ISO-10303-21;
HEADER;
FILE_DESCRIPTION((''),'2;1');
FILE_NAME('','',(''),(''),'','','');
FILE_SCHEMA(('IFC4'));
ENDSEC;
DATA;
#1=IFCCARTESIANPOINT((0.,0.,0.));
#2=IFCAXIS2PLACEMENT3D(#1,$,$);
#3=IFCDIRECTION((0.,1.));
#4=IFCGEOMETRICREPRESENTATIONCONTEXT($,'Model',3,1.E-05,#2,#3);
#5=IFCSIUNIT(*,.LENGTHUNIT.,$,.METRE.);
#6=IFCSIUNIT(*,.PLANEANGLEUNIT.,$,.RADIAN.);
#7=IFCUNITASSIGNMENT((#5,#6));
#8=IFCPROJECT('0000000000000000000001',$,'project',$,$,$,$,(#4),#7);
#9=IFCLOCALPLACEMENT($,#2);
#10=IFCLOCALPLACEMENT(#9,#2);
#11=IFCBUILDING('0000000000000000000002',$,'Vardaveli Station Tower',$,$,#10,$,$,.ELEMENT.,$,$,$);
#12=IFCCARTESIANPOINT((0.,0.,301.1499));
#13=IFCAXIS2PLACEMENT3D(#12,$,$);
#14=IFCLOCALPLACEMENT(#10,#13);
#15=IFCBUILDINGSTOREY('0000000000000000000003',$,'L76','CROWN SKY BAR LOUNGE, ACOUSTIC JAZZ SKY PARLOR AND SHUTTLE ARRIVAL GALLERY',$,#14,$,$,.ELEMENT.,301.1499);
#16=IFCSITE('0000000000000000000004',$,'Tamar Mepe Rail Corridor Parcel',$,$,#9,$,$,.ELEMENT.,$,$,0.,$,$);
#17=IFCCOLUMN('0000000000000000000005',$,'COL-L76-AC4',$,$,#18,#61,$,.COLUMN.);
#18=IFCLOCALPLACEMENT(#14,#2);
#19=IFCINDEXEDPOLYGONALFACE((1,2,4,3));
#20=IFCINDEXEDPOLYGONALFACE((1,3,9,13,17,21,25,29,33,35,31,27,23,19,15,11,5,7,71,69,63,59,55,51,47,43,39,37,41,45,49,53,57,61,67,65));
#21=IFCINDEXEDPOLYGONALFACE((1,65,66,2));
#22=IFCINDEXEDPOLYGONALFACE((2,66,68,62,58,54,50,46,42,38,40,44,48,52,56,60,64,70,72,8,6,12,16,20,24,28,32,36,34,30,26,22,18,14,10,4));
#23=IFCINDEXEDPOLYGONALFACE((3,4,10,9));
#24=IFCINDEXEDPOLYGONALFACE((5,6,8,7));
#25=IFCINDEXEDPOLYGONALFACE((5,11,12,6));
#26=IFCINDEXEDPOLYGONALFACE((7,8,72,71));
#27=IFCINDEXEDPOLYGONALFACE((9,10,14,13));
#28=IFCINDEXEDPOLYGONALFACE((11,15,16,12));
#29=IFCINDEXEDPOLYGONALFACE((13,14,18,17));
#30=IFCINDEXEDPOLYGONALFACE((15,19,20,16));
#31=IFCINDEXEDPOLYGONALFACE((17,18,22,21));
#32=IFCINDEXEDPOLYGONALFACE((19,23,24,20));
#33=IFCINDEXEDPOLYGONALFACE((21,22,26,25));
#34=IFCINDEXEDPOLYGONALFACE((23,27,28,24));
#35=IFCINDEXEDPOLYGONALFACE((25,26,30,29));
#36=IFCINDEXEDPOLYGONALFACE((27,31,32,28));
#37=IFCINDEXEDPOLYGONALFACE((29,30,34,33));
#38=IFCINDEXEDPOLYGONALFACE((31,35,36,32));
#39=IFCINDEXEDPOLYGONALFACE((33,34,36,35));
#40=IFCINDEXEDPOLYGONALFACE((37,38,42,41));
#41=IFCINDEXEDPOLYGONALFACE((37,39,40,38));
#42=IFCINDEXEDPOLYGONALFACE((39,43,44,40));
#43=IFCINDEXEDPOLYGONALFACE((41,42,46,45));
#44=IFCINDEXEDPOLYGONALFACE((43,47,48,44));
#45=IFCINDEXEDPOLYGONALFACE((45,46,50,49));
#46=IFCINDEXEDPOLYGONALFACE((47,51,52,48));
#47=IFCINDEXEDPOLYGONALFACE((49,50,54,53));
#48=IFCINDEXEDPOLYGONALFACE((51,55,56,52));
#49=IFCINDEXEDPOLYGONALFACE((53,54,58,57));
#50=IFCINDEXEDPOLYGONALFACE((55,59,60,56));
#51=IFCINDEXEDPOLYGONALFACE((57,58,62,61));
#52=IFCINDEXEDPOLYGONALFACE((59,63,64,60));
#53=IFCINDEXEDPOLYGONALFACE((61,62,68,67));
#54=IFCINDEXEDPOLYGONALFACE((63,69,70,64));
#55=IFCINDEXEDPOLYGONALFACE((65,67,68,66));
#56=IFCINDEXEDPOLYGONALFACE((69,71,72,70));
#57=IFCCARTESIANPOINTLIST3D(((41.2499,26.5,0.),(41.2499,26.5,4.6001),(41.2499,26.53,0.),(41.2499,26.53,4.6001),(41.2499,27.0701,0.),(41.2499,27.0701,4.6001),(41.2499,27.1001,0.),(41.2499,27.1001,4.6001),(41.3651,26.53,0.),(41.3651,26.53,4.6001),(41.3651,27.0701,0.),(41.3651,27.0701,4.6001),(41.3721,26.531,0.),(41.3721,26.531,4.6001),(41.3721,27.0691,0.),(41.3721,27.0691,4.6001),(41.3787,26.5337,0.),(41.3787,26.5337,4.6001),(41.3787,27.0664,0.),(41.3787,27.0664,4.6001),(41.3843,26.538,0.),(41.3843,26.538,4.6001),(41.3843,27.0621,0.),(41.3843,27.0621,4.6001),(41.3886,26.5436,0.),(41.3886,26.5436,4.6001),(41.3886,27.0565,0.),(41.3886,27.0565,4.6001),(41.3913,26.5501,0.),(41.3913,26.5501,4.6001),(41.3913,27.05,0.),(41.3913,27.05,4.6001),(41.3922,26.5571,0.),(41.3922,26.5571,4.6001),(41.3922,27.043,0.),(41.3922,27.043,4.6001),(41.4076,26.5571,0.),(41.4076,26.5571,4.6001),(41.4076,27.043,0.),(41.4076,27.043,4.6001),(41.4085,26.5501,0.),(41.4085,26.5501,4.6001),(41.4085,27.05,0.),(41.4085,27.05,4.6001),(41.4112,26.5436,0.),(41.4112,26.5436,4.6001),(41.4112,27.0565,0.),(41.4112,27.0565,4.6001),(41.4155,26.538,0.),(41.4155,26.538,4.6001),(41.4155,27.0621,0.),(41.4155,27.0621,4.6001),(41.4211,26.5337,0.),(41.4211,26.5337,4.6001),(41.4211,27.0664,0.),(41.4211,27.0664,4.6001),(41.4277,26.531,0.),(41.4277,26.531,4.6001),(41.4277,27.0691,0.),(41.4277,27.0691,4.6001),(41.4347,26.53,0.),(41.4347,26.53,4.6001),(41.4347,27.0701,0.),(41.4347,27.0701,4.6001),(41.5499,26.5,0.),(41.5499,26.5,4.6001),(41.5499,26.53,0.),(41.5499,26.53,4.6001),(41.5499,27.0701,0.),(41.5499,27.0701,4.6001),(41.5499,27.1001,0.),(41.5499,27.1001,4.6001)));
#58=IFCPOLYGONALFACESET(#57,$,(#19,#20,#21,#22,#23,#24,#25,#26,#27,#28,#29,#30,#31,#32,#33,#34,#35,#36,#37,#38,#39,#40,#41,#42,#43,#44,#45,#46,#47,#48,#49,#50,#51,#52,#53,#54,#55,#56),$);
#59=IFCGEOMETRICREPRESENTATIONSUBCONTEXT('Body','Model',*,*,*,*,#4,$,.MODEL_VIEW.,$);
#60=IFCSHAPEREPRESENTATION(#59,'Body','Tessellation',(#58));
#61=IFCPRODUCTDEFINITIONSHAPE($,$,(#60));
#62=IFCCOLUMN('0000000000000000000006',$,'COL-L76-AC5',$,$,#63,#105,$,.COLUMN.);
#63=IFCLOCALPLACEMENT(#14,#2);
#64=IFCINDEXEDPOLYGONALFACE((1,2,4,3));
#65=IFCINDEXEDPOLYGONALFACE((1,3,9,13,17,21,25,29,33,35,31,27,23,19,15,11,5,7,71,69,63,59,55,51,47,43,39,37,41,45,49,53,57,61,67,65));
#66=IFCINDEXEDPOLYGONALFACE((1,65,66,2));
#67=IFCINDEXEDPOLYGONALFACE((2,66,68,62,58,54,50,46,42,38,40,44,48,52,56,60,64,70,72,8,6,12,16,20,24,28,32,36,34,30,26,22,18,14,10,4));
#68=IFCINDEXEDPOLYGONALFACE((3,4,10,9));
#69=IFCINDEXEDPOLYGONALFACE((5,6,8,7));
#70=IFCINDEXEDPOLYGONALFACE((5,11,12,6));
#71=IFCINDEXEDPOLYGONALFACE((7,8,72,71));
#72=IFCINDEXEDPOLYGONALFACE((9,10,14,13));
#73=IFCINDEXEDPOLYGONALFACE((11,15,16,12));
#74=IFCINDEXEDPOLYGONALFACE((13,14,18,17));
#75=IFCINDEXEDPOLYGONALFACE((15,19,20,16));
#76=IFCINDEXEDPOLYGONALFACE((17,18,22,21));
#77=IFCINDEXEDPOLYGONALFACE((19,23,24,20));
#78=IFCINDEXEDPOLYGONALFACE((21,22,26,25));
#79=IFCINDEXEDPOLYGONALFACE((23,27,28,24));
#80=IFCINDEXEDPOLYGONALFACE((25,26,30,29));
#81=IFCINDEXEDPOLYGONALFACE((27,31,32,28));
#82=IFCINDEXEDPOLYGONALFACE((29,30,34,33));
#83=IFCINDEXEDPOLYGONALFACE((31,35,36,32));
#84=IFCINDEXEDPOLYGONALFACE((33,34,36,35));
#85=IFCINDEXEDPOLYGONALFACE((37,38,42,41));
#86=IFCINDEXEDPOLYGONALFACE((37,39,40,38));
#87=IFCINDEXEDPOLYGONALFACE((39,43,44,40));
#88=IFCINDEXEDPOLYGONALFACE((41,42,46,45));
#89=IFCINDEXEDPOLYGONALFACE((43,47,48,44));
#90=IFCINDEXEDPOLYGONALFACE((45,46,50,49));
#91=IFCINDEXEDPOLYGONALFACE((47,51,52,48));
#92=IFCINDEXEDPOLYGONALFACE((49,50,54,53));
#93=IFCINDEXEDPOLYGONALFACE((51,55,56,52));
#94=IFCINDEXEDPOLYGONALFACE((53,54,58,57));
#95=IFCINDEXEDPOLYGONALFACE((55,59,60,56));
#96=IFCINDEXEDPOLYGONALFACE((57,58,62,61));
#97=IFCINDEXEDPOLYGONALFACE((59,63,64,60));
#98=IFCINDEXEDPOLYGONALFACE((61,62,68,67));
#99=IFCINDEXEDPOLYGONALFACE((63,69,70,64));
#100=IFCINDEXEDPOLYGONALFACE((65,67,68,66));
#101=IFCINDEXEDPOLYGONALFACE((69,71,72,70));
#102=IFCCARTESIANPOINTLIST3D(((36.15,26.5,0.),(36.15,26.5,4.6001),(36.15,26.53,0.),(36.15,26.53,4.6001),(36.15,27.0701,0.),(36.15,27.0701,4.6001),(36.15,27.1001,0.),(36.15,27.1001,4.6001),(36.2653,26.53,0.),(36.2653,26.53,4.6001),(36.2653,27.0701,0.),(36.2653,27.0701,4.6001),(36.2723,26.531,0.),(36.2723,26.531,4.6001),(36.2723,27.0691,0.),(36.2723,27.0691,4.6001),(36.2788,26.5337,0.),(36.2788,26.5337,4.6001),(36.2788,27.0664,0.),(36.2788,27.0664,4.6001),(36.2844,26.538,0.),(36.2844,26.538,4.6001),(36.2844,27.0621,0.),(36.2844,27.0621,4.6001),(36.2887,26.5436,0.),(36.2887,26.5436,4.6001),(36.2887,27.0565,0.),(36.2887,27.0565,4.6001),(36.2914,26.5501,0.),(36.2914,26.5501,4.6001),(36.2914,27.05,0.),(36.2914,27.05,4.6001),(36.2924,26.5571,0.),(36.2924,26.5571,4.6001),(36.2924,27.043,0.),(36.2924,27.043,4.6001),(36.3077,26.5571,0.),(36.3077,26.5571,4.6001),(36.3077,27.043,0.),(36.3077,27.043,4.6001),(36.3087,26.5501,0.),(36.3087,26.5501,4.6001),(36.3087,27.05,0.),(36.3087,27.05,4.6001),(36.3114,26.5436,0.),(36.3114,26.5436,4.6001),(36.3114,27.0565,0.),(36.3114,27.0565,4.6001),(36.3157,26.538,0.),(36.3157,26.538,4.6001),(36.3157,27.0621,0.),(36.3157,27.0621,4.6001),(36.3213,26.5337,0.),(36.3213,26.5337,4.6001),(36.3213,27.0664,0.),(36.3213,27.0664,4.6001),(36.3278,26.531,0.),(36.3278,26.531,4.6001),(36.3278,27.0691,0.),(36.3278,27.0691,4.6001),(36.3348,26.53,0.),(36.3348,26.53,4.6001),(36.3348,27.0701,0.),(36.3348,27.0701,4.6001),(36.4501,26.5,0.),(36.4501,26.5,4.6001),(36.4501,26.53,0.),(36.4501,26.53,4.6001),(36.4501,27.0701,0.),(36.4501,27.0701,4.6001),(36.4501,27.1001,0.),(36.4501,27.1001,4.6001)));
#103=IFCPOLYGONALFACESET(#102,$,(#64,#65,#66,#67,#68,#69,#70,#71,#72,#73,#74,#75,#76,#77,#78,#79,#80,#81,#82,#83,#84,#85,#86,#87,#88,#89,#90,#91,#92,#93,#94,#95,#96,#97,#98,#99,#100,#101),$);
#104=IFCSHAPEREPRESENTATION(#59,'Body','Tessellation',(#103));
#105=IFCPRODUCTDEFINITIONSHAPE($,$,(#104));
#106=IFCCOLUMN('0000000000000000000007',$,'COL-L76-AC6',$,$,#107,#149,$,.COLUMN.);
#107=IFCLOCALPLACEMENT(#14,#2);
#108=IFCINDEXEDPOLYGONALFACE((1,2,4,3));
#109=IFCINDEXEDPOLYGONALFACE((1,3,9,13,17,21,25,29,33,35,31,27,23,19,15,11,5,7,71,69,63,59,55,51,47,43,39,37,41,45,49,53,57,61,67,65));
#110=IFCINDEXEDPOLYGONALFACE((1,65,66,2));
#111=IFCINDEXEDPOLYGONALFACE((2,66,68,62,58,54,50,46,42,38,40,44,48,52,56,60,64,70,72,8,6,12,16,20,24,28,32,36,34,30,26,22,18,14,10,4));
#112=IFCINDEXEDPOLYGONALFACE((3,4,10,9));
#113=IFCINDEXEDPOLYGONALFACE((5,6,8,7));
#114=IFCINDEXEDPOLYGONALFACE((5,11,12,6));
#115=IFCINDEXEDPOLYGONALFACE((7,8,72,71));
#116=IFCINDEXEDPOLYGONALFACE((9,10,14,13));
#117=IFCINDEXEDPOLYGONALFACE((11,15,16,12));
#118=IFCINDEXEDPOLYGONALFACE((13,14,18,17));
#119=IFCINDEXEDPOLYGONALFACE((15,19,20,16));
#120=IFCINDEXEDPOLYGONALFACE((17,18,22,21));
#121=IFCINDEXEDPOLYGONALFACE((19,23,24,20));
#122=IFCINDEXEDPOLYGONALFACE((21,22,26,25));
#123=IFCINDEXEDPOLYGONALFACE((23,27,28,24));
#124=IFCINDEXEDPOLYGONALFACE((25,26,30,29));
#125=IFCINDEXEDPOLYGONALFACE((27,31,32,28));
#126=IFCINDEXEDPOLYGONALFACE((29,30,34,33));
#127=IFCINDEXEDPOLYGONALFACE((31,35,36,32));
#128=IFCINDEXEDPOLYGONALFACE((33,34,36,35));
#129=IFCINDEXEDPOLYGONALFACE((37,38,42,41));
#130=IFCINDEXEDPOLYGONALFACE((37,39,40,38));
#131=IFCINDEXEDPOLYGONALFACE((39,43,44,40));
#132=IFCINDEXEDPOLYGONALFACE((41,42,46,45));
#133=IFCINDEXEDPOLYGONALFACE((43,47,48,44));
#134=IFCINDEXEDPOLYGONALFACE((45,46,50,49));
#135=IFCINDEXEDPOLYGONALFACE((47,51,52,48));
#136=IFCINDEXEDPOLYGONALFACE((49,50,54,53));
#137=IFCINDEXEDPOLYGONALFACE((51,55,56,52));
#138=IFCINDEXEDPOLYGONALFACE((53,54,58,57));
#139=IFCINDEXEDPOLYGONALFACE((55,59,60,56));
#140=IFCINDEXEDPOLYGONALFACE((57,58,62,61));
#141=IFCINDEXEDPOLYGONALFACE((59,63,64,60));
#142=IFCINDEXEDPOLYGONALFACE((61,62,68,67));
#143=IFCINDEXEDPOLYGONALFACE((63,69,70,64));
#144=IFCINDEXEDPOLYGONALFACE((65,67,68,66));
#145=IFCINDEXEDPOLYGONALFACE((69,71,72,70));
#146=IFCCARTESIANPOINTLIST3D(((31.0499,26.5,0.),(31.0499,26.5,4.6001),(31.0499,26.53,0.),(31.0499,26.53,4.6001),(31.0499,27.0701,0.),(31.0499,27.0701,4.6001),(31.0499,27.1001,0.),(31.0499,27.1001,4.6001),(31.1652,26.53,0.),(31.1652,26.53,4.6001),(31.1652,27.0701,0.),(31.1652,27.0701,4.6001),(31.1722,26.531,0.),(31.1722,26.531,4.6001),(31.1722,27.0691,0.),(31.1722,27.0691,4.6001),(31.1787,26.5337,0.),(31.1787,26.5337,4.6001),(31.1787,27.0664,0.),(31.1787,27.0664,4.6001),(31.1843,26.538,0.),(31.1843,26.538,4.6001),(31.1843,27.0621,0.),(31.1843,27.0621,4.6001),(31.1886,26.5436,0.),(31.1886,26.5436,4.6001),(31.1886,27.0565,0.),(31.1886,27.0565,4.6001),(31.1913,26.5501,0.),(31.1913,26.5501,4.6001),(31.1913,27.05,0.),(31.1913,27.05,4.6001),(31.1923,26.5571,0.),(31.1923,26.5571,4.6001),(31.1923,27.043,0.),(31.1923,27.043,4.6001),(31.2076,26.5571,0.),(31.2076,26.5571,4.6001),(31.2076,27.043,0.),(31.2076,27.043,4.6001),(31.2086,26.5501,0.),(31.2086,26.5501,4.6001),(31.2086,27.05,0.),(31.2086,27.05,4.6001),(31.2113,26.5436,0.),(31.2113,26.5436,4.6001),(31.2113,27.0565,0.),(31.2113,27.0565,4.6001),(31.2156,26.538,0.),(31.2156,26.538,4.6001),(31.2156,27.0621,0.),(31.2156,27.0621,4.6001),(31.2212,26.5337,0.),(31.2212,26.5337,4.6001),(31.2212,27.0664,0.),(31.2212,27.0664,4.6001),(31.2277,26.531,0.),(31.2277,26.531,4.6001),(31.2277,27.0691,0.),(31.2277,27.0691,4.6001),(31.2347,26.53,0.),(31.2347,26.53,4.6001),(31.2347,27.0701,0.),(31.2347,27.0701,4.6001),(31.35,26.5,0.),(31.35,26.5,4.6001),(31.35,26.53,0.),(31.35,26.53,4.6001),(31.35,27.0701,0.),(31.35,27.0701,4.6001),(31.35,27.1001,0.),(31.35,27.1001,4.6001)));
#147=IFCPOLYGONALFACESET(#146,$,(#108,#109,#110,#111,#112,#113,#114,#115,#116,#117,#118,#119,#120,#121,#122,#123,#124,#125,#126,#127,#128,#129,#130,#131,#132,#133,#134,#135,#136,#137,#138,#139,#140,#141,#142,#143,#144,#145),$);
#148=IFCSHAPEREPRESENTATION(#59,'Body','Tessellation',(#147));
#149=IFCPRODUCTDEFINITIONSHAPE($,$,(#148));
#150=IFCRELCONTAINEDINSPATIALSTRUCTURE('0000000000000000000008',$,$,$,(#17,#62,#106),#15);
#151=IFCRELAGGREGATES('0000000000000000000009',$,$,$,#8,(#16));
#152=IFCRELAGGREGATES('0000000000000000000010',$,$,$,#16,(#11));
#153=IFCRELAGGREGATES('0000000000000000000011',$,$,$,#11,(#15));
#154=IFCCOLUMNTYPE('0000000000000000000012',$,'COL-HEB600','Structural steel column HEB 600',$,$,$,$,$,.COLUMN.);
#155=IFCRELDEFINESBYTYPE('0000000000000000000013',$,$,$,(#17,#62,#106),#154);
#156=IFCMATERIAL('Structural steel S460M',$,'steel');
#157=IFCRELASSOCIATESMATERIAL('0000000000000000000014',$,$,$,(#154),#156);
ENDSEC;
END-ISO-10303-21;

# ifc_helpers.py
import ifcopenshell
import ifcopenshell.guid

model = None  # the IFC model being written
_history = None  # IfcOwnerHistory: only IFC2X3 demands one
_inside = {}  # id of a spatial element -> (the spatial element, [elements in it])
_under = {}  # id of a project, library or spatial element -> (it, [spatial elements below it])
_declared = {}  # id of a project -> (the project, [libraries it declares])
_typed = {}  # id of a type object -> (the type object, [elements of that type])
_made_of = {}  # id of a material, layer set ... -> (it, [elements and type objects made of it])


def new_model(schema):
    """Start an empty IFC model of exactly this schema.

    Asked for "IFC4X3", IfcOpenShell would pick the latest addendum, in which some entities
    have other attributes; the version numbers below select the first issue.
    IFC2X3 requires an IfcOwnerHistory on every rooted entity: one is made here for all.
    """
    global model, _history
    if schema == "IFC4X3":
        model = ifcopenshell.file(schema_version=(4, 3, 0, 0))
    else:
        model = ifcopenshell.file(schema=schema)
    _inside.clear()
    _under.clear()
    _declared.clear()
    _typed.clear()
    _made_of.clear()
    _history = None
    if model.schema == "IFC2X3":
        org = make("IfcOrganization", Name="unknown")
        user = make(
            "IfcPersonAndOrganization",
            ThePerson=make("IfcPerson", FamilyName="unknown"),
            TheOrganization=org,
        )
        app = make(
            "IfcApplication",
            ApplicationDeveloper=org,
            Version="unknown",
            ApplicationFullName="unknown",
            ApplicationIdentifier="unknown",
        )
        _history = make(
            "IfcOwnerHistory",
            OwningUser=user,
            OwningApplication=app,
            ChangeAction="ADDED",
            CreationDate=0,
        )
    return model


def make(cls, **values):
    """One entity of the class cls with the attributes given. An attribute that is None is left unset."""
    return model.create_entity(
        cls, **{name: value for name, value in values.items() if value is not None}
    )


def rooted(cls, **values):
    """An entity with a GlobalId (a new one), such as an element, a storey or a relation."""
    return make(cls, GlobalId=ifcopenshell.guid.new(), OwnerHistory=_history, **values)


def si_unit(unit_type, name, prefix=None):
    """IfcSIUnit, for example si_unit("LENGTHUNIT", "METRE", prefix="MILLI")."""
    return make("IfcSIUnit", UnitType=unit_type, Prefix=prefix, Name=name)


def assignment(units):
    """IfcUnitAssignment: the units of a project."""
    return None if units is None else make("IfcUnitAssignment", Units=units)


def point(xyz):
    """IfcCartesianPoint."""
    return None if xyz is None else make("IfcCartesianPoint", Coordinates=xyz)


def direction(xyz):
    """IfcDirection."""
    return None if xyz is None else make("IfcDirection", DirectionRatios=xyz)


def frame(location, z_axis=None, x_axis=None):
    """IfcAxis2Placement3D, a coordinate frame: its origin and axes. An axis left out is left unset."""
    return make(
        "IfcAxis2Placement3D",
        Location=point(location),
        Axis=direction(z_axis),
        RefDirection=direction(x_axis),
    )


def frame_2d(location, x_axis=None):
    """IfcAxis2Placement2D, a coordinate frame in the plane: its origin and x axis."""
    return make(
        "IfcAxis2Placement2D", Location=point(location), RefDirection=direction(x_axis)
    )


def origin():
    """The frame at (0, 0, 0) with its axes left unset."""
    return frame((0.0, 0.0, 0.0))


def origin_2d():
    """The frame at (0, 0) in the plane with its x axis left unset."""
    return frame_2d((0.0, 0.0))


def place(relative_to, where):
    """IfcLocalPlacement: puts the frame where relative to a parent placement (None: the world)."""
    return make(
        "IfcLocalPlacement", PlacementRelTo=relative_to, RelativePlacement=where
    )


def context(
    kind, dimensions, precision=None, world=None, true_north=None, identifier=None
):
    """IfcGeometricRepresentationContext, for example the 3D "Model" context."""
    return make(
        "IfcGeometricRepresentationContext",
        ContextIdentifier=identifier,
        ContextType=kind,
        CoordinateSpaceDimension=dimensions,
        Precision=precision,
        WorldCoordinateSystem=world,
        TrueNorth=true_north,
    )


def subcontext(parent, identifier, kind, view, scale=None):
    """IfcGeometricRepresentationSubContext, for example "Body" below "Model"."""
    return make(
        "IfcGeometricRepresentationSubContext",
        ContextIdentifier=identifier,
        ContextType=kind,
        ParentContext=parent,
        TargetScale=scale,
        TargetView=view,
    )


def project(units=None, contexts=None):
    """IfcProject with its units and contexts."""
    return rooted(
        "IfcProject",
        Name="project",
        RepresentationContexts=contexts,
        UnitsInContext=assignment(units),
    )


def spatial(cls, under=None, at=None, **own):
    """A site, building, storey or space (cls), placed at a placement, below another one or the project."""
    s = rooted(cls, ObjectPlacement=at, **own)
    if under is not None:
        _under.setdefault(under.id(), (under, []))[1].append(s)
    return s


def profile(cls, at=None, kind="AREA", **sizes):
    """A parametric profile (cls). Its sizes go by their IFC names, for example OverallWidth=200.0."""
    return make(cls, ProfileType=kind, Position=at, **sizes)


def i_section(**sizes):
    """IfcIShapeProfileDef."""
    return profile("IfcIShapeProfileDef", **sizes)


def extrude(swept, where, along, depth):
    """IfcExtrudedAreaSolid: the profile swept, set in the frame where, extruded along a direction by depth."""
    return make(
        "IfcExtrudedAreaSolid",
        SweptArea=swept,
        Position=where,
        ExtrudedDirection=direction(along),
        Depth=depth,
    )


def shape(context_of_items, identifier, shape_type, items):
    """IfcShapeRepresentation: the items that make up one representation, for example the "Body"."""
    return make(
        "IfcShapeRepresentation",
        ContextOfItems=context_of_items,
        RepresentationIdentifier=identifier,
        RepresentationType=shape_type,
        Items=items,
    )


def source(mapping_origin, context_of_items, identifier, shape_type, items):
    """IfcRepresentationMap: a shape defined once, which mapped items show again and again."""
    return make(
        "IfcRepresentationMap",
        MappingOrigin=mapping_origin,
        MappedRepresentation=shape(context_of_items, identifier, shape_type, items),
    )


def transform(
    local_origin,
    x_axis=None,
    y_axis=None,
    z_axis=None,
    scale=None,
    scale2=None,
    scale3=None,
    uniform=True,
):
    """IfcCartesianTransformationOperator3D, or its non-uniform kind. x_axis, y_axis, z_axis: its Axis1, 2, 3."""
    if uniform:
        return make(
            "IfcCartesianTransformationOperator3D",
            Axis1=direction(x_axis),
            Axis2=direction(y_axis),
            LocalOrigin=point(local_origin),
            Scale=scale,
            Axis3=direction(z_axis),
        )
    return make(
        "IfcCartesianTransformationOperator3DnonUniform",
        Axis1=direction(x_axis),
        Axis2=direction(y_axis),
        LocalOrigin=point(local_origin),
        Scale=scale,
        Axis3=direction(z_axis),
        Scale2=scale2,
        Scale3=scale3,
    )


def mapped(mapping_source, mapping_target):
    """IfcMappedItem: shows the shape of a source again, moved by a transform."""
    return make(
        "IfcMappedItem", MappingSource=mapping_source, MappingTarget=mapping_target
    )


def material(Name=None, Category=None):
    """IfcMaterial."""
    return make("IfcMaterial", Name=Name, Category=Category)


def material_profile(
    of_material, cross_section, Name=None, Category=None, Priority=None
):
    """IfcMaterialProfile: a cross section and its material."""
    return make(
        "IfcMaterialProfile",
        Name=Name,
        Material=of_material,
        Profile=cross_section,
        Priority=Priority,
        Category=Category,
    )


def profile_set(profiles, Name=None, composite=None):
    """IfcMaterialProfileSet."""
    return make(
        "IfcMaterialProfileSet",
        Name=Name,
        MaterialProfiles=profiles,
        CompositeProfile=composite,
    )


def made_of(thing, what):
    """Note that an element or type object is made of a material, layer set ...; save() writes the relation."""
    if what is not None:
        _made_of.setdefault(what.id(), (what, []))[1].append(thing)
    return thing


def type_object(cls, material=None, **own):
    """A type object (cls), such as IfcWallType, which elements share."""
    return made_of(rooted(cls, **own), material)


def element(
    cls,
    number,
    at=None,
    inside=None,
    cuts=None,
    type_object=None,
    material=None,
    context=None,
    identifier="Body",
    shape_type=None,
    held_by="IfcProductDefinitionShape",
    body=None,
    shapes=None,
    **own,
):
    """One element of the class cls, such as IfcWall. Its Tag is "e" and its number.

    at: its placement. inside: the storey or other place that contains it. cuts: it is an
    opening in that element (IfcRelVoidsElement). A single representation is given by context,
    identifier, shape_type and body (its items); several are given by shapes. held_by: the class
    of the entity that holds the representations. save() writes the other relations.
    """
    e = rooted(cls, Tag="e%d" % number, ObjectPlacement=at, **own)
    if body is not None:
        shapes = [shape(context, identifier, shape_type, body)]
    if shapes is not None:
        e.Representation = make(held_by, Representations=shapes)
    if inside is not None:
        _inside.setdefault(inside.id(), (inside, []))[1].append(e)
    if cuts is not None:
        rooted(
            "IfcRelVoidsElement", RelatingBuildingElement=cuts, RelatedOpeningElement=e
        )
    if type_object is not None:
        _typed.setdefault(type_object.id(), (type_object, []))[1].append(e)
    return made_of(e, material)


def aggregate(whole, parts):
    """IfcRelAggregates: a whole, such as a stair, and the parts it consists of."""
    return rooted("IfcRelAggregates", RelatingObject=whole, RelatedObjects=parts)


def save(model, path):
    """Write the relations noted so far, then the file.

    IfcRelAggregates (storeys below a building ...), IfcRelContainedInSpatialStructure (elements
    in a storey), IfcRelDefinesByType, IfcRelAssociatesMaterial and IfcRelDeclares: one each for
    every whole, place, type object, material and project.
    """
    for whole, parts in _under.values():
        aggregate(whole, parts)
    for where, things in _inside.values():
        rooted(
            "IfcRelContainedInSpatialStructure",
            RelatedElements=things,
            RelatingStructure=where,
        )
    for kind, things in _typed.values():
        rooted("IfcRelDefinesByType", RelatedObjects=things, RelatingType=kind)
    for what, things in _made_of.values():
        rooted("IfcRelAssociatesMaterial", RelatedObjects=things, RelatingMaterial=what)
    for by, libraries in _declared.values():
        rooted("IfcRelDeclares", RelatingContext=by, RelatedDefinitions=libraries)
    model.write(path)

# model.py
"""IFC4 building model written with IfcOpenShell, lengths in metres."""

from ifc_helpers import new_model, si_unit, direction, frame, origin, origin_2d, place, context, subcontext, project, spatial, i_section, extrude, source, transform, mapped, material, material_profile, profile_set, type_object, element, save


model = new_model("IFC4")

# Units and contexts
model_context = context("Model", 3, precision=1e-05, world=origin(), true_north=direction((0.0, 1.0)))
body_context = subcontext(model_context, "Body", "Model", "MODEL_VIEW")
ifc_project = project(units=[si_unit("LENGTHUNIT", "METRE"), si_unit("PLANEANGLEUNIT", "RADIAN")], contexts=[model_context])

# Site, building, storey
site_placement = place(None, origin())
site = spatial("IfcSite", under=ifc_project, at=site_placement, Name="Tamar Mepe Rail Corridor Parcel", CompositionType="ELEMENT", RefElevation=0.0)
building_placement = place(site_placement, origin())
building = spatial("IfcBuilding", under=site, at=building_placement, Name="Vardaveli Station Tower", CompositionType="ELEMENT")
storey_placement = place(building_placement, frame((0.0, 0.0, 301.1499)))
storey = spatial("IfcBuildingStorey", under=building, at=storey_placement, Name="L76", Description="CROWN SKY BAR LOUNGE, ACOUSTIC JAZZ SKY PARLOR AND SHUTTLE ARRIVAL GALLERY", CompositionType="ELEMENT", Elevation=301.1499)

# Columns
ifc_material_1 = material(Name="Structural steel S460M", Category="steel")
ifc_material_profile_1 = material_profile(ifc_material_1, i_section(OverallWidth=0.3, OverallDepth=0.6001, WebThickness=0.0154, FlangeThickness=0.03, FilletRadius=0.0271, at=origin_2d()), Name="HEB 600")
ifc_profile_set_1 = profile_set([ifc_material_profile_1], Name="Structural steel S460M")
column_type_1 = type_object("IfcColumnType", Name="COL-HEB600", Description="Structural steel column HEB 600", PredefinedType="COLUMN", material=ifc_profile_set_1)
shared_shape_1 = source(origin(), body_context, "Body", "SweptSolid", [
    extrude(i_section(OverallWidth=0.3, OverallDepth=0.6001, WebThickness=0.0154, FlangeThickness=0.03, FilletRadius=0.0271, at=origin_2d()), origin(), (0.0, 0.0, 1.0), 4.6001),
])
for number, where, z_axis, x_axis, name in (
    (1, (41.3999, 26.8, 0.0), (0.0, 0.0, 1.0), (1.0, 0.0, 0.0), "COL-L76-AC4"),
    (2, (36.3, 26.8, 0.0), (0.0, 0.0, 1.0), (1.0, 0.0, 0.0), "COL-L76-AC5"),
    (3, (31.2, 26.8, 0.0), (0.0, 0.0, 1.0), (1.0, 0.0, 0.0), "COL-L76-AC6"),
):
    element("IfcColumn", number, at=place(storey_placement, frame(where, z_axis=z_axis, x_axis=x_axis)), inside=storey, type_object=column_type_1, Name=name, PredefinedType="COLUMN", context=body_context, shape_type="MappedRepresentation", body=[
        mapped(shared_shape_1, transform((0.0, 0.0, 0.0), scale=1.0)),
    ])

save(model, "model.ifc")
